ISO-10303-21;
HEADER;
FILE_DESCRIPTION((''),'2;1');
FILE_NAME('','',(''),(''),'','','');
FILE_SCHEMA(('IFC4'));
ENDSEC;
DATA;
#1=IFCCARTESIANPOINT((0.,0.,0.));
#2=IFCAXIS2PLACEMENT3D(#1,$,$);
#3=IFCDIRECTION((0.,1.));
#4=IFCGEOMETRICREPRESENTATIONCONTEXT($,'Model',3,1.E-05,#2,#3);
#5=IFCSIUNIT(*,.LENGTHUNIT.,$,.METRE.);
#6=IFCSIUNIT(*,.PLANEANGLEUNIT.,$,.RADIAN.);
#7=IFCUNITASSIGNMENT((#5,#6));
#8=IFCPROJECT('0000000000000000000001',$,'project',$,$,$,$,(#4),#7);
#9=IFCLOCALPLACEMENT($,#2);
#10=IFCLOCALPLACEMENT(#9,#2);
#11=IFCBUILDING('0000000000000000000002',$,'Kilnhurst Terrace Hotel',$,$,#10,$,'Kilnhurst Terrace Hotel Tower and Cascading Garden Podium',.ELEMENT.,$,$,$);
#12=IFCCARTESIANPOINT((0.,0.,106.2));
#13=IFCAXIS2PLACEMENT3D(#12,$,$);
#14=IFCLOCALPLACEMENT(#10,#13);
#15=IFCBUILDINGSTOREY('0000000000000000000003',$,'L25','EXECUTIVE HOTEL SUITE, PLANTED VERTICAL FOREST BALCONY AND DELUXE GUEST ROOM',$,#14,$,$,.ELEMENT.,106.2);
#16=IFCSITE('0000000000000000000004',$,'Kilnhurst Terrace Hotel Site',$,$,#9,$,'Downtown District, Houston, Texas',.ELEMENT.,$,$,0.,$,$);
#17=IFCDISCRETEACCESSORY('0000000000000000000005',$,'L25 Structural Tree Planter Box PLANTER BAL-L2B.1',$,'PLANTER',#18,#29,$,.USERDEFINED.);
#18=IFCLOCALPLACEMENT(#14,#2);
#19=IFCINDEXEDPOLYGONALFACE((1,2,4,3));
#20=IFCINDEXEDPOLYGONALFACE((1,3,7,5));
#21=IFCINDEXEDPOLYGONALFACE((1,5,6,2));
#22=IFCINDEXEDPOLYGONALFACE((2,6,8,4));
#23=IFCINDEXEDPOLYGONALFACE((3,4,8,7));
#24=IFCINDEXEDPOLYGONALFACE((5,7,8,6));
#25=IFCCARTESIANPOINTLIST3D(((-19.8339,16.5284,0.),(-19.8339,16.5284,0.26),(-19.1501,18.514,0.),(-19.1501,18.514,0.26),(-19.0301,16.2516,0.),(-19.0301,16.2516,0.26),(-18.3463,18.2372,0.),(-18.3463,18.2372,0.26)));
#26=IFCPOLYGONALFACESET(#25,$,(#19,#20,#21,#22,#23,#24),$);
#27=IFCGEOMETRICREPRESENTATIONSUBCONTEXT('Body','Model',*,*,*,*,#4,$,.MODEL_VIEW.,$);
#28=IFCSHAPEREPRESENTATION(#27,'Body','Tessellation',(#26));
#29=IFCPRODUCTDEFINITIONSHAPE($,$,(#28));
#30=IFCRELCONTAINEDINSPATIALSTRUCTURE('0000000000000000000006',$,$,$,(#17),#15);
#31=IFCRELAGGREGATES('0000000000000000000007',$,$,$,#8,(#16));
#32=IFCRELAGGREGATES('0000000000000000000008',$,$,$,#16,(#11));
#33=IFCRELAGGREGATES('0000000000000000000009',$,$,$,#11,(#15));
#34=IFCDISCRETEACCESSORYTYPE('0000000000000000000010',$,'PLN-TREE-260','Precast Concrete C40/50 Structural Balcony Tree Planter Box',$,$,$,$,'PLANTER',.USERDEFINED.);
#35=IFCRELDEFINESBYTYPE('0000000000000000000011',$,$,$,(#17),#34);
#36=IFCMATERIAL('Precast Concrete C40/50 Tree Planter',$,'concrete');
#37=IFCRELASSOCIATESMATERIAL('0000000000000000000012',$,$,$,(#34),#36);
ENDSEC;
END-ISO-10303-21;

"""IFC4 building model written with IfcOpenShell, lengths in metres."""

from ifc_helpers import new_model, si_unit, direction, frame, origin, origin_2d, place, context, subcontext, project, spatial, rectangle, extrude, material, type_object, element, save


model = new_model("IFC4")

# Units and contexts
model_context = context("Model", 3, precision=1e-05, world=origin(), true_north=direction((0.0, 1.0)))
body_context = subcontext(model_context, "Body", "Model", "MODEL_VIEW")
ifc_project = project(units=[si_unit("LENGTHUNIT", "METRE"), si_unit("PLANEANGLEUNIT", "RADIAN")], contexts=[model_context])

# Site, building, storey
site_placement = place(None, origin())
site = spatial("IfcSite", under=ifc_project, at=site_placement, Name="Kilnhurst Terrace Hotel Site", LongName="Downtown District, Houston, Texas", CompositionType="ELEMENT", RefElevation=0.0)
building_placement = place(site_placement, origin())
building = spatial("IfcBuilding", under=site, at=building_placement, Name="Kilnhurst Terrace Hotel", LongName="Kilnhurst Terrace Hotel Tower and Cascading Garden Podium", CompositionType="ELEMENT")
storey_placement = place(building_placement, frame((0.0, 0.0, 106.2)))
storey = spatial("IfcBuildingStorey", under=building, at=storey_placement, Name="L25", Description="EXECUTIVE HOTEL SUITE, PLANTED VERTICAL FOREST BALCONY AND DELUXE GUEST ROOM", CompositionType="ELEMENT", Elevation=106.2)

# Discrete accessory
ifc_material_1 = material(Name="Precast Concrete C40/50 Tree Planter", Category="concrete")
discrete_accessory_type_1 = type_object("IfcDiscreteAccessoryType", Name="PLN-TREE-260", Description="Precast Concrete C40/50 Structural Balcony Tree Planter Box", ElementType="PLANTER", PredefinedType="USERDEFINED", material=ifc_material_1)
discrete_accessory_1_placement = place(storey_placement, frame((-19.0901, 17.3828, 0.0), z_axis=(0.0, 0.0, 1.0), x_axis=(-0.325601, -0.945507, 0.0)))
element("IfcDiscreteAccessory", 1, at=discrete_accessory_1_placement, inside=storey, type_object=discrete_accessory_type_1, Name="L25 Structural Tree Planter Box PLANTER BAL-L2B.1", ObjectType="PLANTER", PredefinedType="USERDEFINED", context=body_context, shape_type="SweptSolid", body=[
    extrude(rectangle(XDim=2.1001, YDim=0.8501, at=origin_2d()), origin(), (0.0, 0.0, 1.0), 0.26),
])

save(model, "model.ifc")
